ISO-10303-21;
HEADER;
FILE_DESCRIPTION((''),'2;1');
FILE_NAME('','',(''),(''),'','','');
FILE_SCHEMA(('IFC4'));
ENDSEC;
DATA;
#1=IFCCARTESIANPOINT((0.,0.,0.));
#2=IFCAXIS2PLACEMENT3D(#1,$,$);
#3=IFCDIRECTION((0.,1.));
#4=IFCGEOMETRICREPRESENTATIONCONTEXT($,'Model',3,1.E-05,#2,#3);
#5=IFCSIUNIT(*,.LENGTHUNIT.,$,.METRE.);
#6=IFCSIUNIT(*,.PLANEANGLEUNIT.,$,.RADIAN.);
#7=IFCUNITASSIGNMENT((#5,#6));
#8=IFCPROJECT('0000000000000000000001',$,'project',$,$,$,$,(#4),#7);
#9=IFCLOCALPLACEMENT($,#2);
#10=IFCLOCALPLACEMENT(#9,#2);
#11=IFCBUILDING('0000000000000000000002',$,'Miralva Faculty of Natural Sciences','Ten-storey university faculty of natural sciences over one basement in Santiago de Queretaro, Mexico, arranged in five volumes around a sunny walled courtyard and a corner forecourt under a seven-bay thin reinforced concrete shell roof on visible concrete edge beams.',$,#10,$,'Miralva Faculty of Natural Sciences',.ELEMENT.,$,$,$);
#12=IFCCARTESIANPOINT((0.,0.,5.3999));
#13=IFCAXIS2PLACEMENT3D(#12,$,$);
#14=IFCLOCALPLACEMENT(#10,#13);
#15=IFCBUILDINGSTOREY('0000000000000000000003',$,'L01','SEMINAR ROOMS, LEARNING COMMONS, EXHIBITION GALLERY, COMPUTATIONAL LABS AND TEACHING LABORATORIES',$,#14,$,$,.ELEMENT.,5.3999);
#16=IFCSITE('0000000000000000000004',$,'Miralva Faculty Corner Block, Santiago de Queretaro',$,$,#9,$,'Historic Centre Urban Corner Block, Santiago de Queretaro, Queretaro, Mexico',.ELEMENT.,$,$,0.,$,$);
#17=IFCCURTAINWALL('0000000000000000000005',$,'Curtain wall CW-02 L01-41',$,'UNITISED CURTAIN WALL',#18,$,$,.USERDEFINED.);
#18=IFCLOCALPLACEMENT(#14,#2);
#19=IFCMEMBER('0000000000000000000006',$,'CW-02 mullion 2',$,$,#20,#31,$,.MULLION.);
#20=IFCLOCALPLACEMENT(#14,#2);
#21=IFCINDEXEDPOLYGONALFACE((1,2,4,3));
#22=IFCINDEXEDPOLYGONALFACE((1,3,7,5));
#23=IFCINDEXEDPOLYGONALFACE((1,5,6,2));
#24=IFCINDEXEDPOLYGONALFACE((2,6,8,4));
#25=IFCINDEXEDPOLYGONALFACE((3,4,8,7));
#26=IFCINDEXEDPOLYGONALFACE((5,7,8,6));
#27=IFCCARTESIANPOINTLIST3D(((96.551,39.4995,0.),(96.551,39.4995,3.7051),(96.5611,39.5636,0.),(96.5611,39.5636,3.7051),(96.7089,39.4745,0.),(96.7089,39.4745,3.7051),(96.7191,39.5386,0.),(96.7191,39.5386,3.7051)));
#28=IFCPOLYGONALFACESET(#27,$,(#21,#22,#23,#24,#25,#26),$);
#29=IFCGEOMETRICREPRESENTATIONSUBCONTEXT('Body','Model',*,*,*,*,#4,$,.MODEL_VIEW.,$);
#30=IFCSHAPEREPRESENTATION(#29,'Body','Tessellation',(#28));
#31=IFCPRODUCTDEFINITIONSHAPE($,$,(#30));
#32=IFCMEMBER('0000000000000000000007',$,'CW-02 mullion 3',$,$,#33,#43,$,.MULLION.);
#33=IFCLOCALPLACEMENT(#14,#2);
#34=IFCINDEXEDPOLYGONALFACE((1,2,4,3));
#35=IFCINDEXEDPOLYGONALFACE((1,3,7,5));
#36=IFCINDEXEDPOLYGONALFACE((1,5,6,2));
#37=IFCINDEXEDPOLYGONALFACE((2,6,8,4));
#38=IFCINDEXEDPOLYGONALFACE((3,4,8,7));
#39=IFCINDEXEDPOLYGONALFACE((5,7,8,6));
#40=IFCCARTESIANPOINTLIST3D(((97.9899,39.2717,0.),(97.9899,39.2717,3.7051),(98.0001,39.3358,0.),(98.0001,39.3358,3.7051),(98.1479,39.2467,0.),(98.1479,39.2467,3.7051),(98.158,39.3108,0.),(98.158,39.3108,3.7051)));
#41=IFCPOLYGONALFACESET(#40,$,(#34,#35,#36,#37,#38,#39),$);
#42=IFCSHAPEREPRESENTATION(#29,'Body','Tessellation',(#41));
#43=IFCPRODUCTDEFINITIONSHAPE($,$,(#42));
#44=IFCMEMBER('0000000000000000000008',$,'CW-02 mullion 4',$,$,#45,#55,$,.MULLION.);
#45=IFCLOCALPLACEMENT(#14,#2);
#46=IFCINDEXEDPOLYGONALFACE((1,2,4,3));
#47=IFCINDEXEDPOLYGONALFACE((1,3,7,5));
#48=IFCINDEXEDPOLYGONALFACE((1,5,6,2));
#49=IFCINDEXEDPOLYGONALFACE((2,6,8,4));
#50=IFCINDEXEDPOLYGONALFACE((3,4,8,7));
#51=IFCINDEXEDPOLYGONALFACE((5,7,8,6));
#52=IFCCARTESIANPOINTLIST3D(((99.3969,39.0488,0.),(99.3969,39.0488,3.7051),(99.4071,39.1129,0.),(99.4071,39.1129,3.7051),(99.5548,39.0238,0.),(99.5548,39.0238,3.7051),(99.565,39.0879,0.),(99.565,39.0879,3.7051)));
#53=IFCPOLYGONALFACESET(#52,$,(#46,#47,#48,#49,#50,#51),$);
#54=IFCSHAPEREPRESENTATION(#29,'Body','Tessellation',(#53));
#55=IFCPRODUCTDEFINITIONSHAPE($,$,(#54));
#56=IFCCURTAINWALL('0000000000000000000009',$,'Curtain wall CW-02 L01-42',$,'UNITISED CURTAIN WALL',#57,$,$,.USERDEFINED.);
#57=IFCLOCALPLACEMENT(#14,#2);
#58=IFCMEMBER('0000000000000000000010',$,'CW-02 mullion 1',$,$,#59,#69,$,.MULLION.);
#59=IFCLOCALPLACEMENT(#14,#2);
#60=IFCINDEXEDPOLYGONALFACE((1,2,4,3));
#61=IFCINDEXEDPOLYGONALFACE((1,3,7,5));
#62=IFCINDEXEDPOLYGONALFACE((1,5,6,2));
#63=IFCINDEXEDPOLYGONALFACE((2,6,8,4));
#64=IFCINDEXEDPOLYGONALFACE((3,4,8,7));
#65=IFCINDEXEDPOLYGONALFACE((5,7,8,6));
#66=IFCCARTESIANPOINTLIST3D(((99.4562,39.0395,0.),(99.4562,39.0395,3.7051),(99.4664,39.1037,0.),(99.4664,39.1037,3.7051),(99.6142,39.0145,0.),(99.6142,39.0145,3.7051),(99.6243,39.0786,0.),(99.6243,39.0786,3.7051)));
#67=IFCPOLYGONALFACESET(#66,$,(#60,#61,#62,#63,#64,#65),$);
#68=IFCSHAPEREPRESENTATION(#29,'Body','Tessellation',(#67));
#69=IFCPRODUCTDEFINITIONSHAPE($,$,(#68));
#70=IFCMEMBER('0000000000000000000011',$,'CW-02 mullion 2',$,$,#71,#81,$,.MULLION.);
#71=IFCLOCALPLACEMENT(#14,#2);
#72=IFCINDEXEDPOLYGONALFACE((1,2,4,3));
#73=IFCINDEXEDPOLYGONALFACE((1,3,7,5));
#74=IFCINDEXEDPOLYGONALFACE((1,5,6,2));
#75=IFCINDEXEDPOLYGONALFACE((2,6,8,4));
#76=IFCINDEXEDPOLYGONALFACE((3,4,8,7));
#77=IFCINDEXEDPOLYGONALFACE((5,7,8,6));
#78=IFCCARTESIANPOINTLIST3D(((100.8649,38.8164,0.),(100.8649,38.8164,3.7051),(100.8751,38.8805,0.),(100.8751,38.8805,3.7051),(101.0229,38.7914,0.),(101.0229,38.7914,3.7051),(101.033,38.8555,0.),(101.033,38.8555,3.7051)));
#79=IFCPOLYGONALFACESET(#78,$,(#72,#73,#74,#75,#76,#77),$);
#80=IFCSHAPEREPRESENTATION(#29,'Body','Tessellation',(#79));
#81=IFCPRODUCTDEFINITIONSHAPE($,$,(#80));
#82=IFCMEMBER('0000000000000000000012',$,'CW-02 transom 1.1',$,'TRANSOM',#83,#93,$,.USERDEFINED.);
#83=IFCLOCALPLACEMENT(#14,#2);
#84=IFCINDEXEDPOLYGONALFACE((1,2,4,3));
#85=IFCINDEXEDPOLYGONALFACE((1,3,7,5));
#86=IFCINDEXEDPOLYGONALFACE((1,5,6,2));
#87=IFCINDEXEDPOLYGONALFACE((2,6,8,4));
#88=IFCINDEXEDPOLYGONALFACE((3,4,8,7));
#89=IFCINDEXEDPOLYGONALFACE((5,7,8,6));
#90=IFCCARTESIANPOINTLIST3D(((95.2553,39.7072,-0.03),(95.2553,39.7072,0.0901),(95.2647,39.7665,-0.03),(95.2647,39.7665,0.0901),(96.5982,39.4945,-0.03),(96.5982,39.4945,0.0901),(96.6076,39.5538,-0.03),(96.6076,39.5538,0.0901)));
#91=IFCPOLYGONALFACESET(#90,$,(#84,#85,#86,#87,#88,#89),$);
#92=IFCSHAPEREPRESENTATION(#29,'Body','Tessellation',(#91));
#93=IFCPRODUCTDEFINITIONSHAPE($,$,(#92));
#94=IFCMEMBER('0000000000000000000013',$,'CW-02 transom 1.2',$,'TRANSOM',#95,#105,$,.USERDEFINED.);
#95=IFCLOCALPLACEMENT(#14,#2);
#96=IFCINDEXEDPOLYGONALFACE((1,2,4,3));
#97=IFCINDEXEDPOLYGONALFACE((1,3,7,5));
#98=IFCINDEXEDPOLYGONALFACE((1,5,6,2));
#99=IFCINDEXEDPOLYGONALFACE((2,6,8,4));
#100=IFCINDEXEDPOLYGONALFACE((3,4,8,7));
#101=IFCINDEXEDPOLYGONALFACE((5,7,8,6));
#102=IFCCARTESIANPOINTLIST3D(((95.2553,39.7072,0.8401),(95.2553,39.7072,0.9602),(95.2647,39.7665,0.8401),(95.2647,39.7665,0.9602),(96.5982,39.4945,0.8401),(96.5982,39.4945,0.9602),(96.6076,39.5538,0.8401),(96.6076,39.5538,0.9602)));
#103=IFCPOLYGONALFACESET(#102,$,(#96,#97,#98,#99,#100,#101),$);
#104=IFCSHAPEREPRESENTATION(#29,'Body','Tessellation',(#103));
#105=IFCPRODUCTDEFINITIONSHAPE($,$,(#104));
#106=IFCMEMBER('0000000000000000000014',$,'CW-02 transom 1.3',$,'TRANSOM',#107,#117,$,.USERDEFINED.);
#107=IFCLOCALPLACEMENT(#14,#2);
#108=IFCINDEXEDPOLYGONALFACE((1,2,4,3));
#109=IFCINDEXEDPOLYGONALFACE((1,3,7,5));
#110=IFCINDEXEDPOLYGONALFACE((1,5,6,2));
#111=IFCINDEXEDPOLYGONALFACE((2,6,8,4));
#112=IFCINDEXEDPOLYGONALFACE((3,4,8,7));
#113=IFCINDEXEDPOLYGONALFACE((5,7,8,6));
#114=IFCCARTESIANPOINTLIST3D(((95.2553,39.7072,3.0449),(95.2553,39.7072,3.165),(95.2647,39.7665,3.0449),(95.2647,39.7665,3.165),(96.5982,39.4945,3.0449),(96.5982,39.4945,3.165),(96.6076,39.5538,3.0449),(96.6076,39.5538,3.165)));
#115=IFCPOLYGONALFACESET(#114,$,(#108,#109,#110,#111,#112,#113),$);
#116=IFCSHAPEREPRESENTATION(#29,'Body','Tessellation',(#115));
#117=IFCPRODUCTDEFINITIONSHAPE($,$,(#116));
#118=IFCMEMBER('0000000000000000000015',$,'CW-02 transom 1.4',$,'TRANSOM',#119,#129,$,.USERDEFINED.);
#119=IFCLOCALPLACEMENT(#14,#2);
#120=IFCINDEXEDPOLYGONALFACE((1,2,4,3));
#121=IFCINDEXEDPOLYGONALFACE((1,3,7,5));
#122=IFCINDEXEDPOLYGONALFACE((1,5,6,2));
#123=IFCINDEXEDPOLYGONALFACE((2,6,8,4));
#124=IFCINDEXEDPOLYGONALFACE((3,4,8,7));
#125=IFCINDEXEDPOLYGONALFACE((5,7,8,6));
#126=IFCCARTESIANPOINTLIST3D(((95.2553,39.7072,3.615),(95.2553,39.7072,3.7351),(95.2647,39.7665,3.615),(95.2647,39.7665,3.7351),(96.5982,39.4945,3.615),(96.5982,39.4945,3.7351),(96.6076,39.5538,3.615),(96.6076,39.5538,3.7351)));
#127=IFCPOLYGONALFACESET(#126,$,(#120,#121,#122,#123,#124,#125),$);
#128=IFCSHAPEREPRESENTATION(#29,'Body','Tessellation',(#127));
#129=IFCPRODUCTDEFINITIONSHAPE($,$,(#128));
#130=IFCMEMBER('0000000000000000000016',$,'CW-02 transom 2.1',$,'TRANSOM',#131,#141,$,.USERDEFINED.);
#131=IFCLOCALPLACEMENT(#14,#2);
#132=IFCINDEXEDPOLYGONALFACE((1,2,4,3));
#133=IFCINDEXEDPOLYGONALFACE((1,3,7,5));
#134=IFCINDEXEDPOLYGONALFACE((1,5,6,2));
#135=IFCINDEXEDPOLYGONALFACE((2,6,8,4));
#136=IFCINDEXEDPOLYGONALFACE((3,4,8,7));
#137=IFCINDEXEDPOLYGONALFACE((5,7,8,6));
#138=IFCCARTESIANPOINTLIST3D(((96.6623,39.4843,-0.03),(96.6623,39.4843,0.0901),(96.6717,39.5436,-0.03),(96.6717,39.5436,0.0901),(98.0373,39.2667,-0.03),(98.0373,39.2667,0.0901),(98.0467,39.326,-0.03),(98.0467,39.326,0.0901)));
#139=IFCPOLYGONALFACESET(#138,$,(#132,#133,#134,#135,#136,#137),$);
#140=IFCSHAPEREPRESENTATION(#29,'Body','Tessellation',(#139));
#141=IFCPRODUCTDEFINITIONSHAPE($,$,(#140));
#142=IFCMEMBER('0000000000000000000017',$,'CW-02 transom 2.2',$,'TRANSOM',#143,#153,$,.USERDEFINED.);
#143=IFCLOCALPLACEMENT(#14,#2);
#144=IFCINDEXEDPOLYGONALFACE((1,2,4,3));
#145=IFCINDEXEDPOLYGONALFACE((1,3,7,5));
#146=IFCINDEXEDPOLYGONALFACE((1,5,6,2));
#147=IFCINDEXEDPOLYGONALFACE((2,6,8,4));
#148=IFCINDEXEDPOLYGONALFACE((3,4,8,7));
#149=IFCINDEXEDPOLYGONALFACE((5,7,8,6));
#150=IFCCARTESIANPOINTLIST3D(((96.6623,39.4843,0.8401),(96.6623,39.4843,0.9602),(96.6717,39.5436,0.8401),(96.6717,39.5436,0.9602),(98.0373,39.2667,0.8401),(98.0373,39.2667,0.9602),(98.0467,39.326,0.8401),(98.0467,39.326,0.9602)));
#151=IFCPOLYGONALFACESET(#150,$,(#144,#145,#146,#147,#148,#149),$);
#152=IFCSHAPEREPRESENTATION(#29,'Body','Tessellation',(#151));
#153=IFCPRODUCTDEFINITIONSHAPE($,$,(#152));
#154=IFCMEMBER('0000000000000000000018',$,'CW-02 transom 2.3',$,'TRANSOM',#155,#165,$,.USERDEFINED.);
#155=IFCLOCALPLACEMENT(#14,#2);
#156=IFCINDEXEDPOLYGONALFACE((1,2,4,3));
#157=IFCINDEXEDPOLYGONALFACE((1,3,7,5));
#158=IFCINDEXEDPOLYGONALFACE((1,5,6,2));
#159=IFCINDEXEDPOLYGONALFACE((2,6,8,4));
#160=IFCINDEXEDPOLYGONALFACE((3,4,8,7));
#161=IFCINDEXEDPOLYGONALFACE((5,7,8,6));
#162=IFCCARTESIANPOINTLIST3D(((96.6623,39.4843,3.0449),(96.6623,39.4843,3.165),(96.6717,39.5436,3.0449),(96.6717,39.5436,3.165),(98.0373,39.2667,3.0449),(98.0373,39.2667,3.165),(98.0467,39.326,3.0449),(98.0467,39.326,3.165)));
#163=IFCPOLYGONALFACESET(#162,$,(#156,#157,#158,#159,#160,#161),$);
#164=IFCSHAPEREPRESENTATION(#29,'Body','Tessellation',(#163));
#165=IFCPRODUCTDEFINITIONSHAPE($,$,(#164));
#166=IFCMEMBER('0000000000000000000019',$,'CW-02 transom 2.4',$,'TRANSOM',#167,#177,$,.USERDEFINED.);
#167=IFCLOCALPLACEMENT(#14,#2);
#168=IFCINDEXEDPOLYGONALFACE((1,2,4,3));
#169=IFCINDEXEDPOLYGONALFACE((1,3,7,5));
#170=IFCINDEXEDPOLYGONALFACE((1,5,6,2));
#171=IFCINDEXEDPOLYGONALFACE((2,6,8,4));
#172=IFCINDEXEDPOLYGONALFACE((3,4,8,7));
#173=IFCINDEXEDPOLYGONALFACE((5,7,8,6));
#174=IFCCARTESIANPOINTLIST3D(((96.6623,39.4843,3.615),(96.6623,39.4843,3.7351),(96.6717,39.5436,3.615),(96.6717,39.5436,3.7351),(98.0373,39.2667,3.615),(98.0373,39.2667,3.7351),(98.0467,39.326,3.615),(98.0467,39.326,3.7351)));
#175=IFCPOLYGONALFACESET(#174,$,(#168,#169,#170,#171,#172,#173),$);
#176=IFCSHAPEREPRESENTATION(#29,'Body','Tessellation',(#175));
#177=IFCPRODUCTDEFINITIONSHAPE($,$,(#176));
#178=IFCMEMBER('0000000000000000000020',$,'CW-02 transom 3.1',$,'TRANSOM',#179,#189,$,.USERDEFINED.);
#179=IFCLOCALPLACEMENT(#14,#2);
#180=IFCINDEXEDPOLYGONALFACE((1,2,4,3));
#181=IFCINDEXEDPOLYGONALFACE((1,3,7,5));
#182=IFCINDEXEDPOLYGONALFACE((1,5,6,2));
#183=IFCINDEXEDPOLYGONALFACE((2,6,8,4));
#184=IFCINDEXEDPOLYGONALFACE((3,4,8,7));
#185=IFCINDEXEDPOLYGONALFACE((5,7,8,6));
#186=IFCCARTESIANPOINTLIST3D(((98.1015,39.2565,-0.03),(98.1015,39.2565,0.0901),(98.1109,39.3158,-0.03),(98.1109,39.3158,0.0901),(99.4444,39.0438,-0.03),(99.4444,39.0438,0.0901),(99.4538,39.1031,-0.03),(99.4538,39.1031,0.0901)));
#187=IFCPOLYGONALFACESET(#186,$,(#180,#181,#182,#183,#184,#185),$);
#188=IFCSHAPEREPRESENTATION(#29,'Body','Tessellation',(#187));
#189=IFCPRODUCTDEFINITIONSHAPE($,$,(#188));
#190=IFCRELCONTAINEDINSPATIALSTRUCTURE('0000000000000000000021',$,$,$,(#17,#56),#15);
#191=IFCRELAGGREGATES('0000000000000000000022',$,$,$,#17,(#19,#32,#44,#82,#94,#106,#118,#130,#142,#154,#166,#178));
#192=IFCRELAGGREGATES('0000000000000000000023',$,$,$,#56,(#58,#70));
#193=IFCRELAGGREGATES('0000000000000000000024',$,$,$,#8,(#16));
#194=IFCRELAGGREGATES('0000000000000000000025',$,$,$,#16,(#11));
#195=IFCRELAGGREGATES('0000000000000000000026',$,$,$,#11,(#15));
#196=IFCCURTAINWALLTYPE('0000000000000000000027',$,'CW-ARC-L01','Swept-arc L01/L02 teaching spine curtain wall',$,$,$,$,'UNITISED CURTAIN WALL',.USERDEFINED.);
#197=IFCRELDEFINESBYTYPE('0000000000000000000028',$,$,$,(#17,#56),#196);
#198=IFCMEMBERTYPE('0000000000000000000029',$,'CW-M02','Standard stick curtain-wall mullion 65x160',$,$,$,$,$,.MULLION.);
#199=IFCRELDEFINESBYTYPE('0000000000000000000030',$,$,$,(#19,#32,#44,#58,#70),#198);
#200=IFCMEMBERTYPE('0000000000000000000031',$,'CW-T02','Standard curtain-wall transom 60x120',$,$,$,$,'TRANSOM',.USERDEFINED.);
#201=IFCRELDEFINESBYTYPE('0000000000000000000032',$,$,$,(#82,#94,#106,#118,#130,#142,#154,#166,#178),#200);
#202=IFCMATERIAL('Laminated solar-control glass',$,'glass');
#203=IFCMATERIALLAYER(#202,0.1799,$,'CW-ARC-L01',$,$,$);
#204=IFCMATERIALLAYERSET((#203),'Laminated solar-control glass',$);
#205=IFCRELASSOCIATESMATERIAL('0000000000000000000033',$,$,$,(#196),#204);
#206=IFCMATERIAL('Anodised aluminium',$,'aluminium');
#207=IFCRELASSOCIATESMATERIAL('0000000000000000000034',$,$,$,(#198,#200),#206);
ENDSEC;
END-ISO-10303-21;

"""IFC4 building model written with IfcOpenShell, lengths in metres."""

from ifc_helpers import new_model, si_unit, direction, frame, origin, origin_2d, place, context, subcontext, project, spatial, rectangle, extrude, material, layer, layer_set, material_profile, profile_set, type_object, element, aggregate, save


model = new_model("IFC4")

# Units and contexts
model_context = context("Model", 3, precision=1e-05, world=origin(), true_north=direction((0.0, 1.0)))
body_context = subcontext(model_context, "Body", "Model", "MODEL_VIEW")
ifc_project = project(units=[si_unit("LENGTHUNIT", "METRE"), si_unit("PLANEANGLEUNIT", "RADIAN")], contexts=[model_context])

# Site, building, storey
site_placement = place(None, origin())
site = spatial("IfcSite", under=ifc_project, at=site_placement, Name="Miralva Faculty Corner Block, Santiago de Queretaro", LongName="Historic Centre Urban Corner Block, Santiago de Queretaro, Queretaro, Mexico", CompositionType="ELEMENT", RefElevation=0.0)
building_placement = place(site_placement, origin())
building = spatial("IfcBuilding", under=site, at=building_placement, Name="Miralva Faculty of Natural Sciences", Description="Ten-storey university faculty of natural sciences over one basement in Santiago de Queretaro, Mexico, arranged in five volumes around a sunny walled courtyard and a corner forecourt under a seven-bay thin reinforced concrete shell roof on visible concrete edge beams.", LongName="Miralva Faculty of Natural Sciences", CompositionType="ELEMENT")
storey_placement = place(building_placement, frame((0.0, 0.0, 5.3999)))
storey = spatial("IfcBuildingStorey", under=building, at=storey_placement, Name="L01", Description="SEMINAR ROOMS, LEARNING COMMONS, EXHIBITION GALLERY, COMPUTATIONAL LABS AND TEACHING LABORATORIES", CompositionType="ELEMENT", Elevation=5.3999)

# Curtain walls, members
ifc_material_1 = material(Name="Laminated solar-control glass", Category="glass")
ifc_layer_1 = layer(ifc_material_1, 0.1799, Name="CW-ARC-L01")
ifc_layer_set_1 = layer_set([ifc_layer_1], Name="Laminated solar-control glass")
curtain_wall_type = type_object("IfcCurtainWallType", Name="CW-ARC-L01", Description="Swept-arc L01/L02 teaching spine curtain wall", ElementType="UNITISED CURTAIN WALL", PredefinedType="USERDEFINED", material=ifc_layer_set_1)
curtain_wall_1_placement = place(storey_placement, origin())
curtain_wall_1 = element("IfcCurtainWall", 1, at=curtain_wall_1_placement, inside=storey, type_object=curtain_wall_type, Name="Curtain wall CW-02 L01-41", ObjectType="UNITISED CURTAIN WALL", PredefinedType="USERDEFINED")
ifc_material_2 = material(Name="Anodised aluminium", Category="aluminium")
ifc_material_profile_1 = material_profile(ifc_material_2, rectangle(XDim=0.0649, YDim=0.1599, at=origin_2d()), Name="MULLION 65x160")
ifc_profile_set_1 = profile_set([ifc_material_profile_1], Name="Anodised aluminium")
member_type_1 = type_object("IfcMemberType", Name="CW-M02", Description="Standard stick curtain-wall mullion 65x160", PredefinedType="MULLION", material=ifc_profile_set_1)
member_1_placement = place(storey_placement, frame((96.635, 39.519, 0.0), z_axis=(0.0, 0.0, 1.0), x_axis=(0.156417, 0.987691, 0.0)))
member_1 = element("IfcMember", 2, at=member_1_placement, type_object=member_type_1, Name="CW-02 mullion 2", PredefinedType="MULLION", context=body_context, shape_type="SweptSolid", body=[
    extrude(rectangle(XDim=0.0649, YDim=0.1599, at=origin_2d()), origin(), (0.0, 0.0, 1.0), 3.7051),
])
member_2_placement = place(storey_placement, frame((98.074, 39.2913, 0.0), z_axis=(0.0, 0.0, 1.0), x_axis=(0.156417, 0.987691, 0.0)))
member_2 = element("IfcMember", 3, at=member_2_placement, type_object=member_type_1, Name="CW-02 mullion 3", PredefinedType="MULLION", context=body_context, shape_type="SweptSolid", body=[
    extrude(rectangle(XDim=0.0649, YDim=0.1599, at=origin_2d()), origin(), (0.0, 0.0, 1.0), 3.7051),
])
member_3_placement = place(storey_placement, frame((99.481, 39.0684, 0.0), z_axis=(0.0, 0.0, 1.0), x_axis=(0.156417, 0.987691, 0.0)))
member_3 = element("IfcMember", 4, at=member_3_placement, type_object=member_type_1, Name="CW-02 mullion 4", PredefinedType="MULLION", context=body_context, shape_type="SweptSolid", body=[
    extrude(rectangle(XDim=0.0649, YDim=0.1599, at=origin_2d()), origin(), (0.0, 0.0, 1.0), 3.7051),
])
curtain_wall_2_placement = place(storey_placement, origin())
curtain_wall_2 = element("IfcCurtainWall", 5, at=curtain_wall_2_placement, inside=storey, type_object=curtain_wall_type, Name="Curtain wall CW-02 L01-42", ObjectType="UNITISED CURTAIN WALL", PredefinedType="USERDEFINED")
member_4_placement = place(storey_placement, frame((99.5403, 39.0591, 0.0), z_axis=(0.0, 0.0, 1.0), x_axis=(0.156445, 0.987687, 0.0)))
member_4 = element("IfcMember", 6, at=member_4_placement, type_object=member_type_1, Name="CW-02 mullion 1", PredefinedType="MULLION", context=body_context, shape_type="SweptSolid", body=[
    extrude(rectangle(XDim=0.0649, YDim=0.1599, at=origin_2d()), origin(), (0.0, 0.0, 1.0), 3.7051),
])
member_5_placement = place(storey_placement, frame((100.949, 38.8359, 0.0), z_axis=(0.0, 0.0, 1.0), x_axis=(0.156445, 0.987687, 0.0)))
member_5 = element("IfcMember", 7, at=member_5_placement, type_object=member_type_1, Name="CW-02 mullion 2", PredefinedType="MULLION", context=body_context, shape_type="SweptSolid", body=[
    extrude(rectangle(XDim=0.0649, YDim=0.1599, at=origin_2d()), origin(), (0.0, 0.0, 1.0), 3.7051),
])

# Members
ifc_material_profile_2 = material_profile(ifc_material_2, rectangle(XDim=0.0601, YDim=0.1201, at=origin_2d()), Name="TRANSOM 60x120")
ifc_profile_set_2 = profile_set([ifc_material_profile_2], Name="Anodised aluminium")
member_type_2 = type_object("IfcMemberType", Name="CW-T02", Description="Standard curtain-wall transom 60x120", ElementType="TRANSOM", PredefinedType="USERDEFINED", material=ifc_profile_set_2)
member_6_placement = place(storey_placement, frame((95.26, 39.7368, 0.03), z_axis=(0.987692, -0.156414, 0.0), x_axis=(0.156414, 0.987692, 0.0)))
member_6 = element("IfcMember", 8, at=member_6_placement, type_object=member_type_2, Name="CW-02 transom 1.1", ObjectType="TRANSOM", PredefinedType="USERDEFINED", context=body_context, shape_type="SweptSolid", body=[
    extrude(rectangle(XDim=0.0601, YDim=0.1201, at=origin_2d()), origin(), (0.0, 0.0, 1.0), 1.3596),
])
member_7_placement = place(storey_placement, frame((95.26, 39.7368, 0.9001), z_axis=(0.987692, -0.156414, 0.0), x_axis=(0.156414, 0.987692, 0.0)))
member_7 = element("IfcMember", 9, at=member_7_placement, type_object=member_type_2, Name="CW-02 transom 1.2", ObjectType="TRANSOM", PredefinedType="USERDEFINED", context=body_context, shape_type="SweptSolid", body=[
    extrude(rectangle(XDim=0.0601, YDim=0.1201, at=origin_2d()), origin(), (0.0, 0.0, 1.0), 1.3596),
])
member_8_placement = place(storey_placement, frame((95.26, 39.7368, 3.105), z_axis=(0.987692, -0.156414, 0.0), x_axis=(0.156414, 0.987692, 0.0)))
member_8 = element("IfcMember", 10, at=member_8_placement, type_object=member_type_2, Name="CW-02 transom 1.3", ObjectType="TRANSOM", PredefinedType="USERDEFINED", context=body_context, shape_type="SweptSolid", body=[
    extrude(rectangle(XDim=0.0601, YDim=0.1201, at=origin_2d()), origin(), (0.0, 0.0, 1.0), 1.3596),
])
member_9_placement = place(storey_placement, frame((95.26, 39.7368, 3.675), z_axis=(0.987692, -0.156414, 0.0), x_axis=(0.156414, 0.987692, 0.0)))
member_9 = element("IfcMember", 11, at=member_9_placement, type_object=member_type_2, Name="CW-02 transom 1.4", ObjectType="TRANSOM", PredefinedType="USERDEFINED", context=body_context, shape_type="SweptSolid", body=[
    extrude(rectangle(XDim=0.0601, YDim=0.1201, at=origin_2d()), origin(), (0.0, 0.0, 1.0), 1.3596),
])
member_10_placement = place(storey_placement, frame((96.667, 39.5139, 0.03), z_axis=(0.987716, -0.15626, 0.0), x_axis=(0.15626, 0.987716, 0.0)))
member_10 = element("IfcMember", 12, at=member_10_placement, type_object=member_type_2, Name="CW-02 transom 2.1", ObjectType="TRANSOM", PredefinedType="USERDEFINED", context=body_context, shape_type="SweptSolid", body=[
    extrude(rectangle(XDim=0.0601, YDim=0.1201, at=origin_2d()), origin(), (0.0, 0.0, 1.0), 1.3921),
])
member_11_placement = place(storey_placement, frame((96.667, 39.5139, 0.9001), z_axis=(0.987716, -0.15626, 0.0), x_axis=(0.15626, 0.987716, 0.0)))
member_11 = element("IfcMember", 13, at=member_11_placement, type_object=member_type_2, Name="CW-02 transom 2.2", ObjectType="TRANSOM", PredefinedType="USERDEFINED", context=body_context, shape_type="SweptSolid", body=[
    extrude(rectangle(XDim=0.0601, YDim=0.1201, at=origin_2d()), origin(), (0.0, 0.0, 1.0), 1.3921),
])
member_12_placement = place(storey_placement, frame((96.667, 39.5139, 3.105), z_axis=(0.987716, -0.15626, 0.0), x_axis=(0.15626, 0.987716, 0.0)))
member_12 = element("IfcMember", 14, at=member_12_placement, type_object=member_type_2, Name="CW-02 transom 2.3", ObjectType="TRANSOM", PredefinedType="USERDEFINED", context=body_context, shape_type="SweptSolid", body=[
    extrude(rectangle(XDim=0.0601, YDim=0.1201, at=origin_2d()), origin(), (0.0, 0.0, 1.0), 1.3921),
])
member_13_placement = place(storey_placement, frame((96.667, 39.5139, 3.675), z_axis=(0.987716, -0.15626, 0.0), x_axis=(0.15626, 0.987716, 0.0)))
member_13 = element("IfcMember", 15, at=member_13_placement, type_object=member_type_2, Name="CW-02 transom 2.4", ObjectType="TRANSOM", PredefinedType="USERDEFINED", context=body_context, shape_type="SweptSolid", body=[
    extrude(rectangle(XDim=0.0601, YDim=0.1201, at=origin_2d()), origin(), (0.0, 0.0, 1.0), 1.3921),
])
member_14_placement = place(storey_placement, frame((98.1062, 39.2861, 0.03), z_axis=(0.987692, -0.156414, 0.0), x_axis=(0.156414, 0.987692, 0.0)))
member_14 = element("IfcMember", 16, at=member_14_placement, type_object=member_type_2, Name="CW-02 transom 3.1", ObjectType="TRANSOM", PredefinedType="USERDEFINED", context=body_context, shape_type="SweptSolid", body=[
    extrude(rectangle(XDim=0.0601, YDim=0.1201, at=origin_2d()), origin(), (0.0, 0.0, 1.0), 1.3596),
])

aggregate(curtain_wall_1, [member_1, member_2, member_3, member_6, member_7, member_8, member_9, member_10, member_11, member_12, member_13, member_14])
aggregate(curtain_wall_2, [member_4, member_5])

save(model, "model.ifc")
